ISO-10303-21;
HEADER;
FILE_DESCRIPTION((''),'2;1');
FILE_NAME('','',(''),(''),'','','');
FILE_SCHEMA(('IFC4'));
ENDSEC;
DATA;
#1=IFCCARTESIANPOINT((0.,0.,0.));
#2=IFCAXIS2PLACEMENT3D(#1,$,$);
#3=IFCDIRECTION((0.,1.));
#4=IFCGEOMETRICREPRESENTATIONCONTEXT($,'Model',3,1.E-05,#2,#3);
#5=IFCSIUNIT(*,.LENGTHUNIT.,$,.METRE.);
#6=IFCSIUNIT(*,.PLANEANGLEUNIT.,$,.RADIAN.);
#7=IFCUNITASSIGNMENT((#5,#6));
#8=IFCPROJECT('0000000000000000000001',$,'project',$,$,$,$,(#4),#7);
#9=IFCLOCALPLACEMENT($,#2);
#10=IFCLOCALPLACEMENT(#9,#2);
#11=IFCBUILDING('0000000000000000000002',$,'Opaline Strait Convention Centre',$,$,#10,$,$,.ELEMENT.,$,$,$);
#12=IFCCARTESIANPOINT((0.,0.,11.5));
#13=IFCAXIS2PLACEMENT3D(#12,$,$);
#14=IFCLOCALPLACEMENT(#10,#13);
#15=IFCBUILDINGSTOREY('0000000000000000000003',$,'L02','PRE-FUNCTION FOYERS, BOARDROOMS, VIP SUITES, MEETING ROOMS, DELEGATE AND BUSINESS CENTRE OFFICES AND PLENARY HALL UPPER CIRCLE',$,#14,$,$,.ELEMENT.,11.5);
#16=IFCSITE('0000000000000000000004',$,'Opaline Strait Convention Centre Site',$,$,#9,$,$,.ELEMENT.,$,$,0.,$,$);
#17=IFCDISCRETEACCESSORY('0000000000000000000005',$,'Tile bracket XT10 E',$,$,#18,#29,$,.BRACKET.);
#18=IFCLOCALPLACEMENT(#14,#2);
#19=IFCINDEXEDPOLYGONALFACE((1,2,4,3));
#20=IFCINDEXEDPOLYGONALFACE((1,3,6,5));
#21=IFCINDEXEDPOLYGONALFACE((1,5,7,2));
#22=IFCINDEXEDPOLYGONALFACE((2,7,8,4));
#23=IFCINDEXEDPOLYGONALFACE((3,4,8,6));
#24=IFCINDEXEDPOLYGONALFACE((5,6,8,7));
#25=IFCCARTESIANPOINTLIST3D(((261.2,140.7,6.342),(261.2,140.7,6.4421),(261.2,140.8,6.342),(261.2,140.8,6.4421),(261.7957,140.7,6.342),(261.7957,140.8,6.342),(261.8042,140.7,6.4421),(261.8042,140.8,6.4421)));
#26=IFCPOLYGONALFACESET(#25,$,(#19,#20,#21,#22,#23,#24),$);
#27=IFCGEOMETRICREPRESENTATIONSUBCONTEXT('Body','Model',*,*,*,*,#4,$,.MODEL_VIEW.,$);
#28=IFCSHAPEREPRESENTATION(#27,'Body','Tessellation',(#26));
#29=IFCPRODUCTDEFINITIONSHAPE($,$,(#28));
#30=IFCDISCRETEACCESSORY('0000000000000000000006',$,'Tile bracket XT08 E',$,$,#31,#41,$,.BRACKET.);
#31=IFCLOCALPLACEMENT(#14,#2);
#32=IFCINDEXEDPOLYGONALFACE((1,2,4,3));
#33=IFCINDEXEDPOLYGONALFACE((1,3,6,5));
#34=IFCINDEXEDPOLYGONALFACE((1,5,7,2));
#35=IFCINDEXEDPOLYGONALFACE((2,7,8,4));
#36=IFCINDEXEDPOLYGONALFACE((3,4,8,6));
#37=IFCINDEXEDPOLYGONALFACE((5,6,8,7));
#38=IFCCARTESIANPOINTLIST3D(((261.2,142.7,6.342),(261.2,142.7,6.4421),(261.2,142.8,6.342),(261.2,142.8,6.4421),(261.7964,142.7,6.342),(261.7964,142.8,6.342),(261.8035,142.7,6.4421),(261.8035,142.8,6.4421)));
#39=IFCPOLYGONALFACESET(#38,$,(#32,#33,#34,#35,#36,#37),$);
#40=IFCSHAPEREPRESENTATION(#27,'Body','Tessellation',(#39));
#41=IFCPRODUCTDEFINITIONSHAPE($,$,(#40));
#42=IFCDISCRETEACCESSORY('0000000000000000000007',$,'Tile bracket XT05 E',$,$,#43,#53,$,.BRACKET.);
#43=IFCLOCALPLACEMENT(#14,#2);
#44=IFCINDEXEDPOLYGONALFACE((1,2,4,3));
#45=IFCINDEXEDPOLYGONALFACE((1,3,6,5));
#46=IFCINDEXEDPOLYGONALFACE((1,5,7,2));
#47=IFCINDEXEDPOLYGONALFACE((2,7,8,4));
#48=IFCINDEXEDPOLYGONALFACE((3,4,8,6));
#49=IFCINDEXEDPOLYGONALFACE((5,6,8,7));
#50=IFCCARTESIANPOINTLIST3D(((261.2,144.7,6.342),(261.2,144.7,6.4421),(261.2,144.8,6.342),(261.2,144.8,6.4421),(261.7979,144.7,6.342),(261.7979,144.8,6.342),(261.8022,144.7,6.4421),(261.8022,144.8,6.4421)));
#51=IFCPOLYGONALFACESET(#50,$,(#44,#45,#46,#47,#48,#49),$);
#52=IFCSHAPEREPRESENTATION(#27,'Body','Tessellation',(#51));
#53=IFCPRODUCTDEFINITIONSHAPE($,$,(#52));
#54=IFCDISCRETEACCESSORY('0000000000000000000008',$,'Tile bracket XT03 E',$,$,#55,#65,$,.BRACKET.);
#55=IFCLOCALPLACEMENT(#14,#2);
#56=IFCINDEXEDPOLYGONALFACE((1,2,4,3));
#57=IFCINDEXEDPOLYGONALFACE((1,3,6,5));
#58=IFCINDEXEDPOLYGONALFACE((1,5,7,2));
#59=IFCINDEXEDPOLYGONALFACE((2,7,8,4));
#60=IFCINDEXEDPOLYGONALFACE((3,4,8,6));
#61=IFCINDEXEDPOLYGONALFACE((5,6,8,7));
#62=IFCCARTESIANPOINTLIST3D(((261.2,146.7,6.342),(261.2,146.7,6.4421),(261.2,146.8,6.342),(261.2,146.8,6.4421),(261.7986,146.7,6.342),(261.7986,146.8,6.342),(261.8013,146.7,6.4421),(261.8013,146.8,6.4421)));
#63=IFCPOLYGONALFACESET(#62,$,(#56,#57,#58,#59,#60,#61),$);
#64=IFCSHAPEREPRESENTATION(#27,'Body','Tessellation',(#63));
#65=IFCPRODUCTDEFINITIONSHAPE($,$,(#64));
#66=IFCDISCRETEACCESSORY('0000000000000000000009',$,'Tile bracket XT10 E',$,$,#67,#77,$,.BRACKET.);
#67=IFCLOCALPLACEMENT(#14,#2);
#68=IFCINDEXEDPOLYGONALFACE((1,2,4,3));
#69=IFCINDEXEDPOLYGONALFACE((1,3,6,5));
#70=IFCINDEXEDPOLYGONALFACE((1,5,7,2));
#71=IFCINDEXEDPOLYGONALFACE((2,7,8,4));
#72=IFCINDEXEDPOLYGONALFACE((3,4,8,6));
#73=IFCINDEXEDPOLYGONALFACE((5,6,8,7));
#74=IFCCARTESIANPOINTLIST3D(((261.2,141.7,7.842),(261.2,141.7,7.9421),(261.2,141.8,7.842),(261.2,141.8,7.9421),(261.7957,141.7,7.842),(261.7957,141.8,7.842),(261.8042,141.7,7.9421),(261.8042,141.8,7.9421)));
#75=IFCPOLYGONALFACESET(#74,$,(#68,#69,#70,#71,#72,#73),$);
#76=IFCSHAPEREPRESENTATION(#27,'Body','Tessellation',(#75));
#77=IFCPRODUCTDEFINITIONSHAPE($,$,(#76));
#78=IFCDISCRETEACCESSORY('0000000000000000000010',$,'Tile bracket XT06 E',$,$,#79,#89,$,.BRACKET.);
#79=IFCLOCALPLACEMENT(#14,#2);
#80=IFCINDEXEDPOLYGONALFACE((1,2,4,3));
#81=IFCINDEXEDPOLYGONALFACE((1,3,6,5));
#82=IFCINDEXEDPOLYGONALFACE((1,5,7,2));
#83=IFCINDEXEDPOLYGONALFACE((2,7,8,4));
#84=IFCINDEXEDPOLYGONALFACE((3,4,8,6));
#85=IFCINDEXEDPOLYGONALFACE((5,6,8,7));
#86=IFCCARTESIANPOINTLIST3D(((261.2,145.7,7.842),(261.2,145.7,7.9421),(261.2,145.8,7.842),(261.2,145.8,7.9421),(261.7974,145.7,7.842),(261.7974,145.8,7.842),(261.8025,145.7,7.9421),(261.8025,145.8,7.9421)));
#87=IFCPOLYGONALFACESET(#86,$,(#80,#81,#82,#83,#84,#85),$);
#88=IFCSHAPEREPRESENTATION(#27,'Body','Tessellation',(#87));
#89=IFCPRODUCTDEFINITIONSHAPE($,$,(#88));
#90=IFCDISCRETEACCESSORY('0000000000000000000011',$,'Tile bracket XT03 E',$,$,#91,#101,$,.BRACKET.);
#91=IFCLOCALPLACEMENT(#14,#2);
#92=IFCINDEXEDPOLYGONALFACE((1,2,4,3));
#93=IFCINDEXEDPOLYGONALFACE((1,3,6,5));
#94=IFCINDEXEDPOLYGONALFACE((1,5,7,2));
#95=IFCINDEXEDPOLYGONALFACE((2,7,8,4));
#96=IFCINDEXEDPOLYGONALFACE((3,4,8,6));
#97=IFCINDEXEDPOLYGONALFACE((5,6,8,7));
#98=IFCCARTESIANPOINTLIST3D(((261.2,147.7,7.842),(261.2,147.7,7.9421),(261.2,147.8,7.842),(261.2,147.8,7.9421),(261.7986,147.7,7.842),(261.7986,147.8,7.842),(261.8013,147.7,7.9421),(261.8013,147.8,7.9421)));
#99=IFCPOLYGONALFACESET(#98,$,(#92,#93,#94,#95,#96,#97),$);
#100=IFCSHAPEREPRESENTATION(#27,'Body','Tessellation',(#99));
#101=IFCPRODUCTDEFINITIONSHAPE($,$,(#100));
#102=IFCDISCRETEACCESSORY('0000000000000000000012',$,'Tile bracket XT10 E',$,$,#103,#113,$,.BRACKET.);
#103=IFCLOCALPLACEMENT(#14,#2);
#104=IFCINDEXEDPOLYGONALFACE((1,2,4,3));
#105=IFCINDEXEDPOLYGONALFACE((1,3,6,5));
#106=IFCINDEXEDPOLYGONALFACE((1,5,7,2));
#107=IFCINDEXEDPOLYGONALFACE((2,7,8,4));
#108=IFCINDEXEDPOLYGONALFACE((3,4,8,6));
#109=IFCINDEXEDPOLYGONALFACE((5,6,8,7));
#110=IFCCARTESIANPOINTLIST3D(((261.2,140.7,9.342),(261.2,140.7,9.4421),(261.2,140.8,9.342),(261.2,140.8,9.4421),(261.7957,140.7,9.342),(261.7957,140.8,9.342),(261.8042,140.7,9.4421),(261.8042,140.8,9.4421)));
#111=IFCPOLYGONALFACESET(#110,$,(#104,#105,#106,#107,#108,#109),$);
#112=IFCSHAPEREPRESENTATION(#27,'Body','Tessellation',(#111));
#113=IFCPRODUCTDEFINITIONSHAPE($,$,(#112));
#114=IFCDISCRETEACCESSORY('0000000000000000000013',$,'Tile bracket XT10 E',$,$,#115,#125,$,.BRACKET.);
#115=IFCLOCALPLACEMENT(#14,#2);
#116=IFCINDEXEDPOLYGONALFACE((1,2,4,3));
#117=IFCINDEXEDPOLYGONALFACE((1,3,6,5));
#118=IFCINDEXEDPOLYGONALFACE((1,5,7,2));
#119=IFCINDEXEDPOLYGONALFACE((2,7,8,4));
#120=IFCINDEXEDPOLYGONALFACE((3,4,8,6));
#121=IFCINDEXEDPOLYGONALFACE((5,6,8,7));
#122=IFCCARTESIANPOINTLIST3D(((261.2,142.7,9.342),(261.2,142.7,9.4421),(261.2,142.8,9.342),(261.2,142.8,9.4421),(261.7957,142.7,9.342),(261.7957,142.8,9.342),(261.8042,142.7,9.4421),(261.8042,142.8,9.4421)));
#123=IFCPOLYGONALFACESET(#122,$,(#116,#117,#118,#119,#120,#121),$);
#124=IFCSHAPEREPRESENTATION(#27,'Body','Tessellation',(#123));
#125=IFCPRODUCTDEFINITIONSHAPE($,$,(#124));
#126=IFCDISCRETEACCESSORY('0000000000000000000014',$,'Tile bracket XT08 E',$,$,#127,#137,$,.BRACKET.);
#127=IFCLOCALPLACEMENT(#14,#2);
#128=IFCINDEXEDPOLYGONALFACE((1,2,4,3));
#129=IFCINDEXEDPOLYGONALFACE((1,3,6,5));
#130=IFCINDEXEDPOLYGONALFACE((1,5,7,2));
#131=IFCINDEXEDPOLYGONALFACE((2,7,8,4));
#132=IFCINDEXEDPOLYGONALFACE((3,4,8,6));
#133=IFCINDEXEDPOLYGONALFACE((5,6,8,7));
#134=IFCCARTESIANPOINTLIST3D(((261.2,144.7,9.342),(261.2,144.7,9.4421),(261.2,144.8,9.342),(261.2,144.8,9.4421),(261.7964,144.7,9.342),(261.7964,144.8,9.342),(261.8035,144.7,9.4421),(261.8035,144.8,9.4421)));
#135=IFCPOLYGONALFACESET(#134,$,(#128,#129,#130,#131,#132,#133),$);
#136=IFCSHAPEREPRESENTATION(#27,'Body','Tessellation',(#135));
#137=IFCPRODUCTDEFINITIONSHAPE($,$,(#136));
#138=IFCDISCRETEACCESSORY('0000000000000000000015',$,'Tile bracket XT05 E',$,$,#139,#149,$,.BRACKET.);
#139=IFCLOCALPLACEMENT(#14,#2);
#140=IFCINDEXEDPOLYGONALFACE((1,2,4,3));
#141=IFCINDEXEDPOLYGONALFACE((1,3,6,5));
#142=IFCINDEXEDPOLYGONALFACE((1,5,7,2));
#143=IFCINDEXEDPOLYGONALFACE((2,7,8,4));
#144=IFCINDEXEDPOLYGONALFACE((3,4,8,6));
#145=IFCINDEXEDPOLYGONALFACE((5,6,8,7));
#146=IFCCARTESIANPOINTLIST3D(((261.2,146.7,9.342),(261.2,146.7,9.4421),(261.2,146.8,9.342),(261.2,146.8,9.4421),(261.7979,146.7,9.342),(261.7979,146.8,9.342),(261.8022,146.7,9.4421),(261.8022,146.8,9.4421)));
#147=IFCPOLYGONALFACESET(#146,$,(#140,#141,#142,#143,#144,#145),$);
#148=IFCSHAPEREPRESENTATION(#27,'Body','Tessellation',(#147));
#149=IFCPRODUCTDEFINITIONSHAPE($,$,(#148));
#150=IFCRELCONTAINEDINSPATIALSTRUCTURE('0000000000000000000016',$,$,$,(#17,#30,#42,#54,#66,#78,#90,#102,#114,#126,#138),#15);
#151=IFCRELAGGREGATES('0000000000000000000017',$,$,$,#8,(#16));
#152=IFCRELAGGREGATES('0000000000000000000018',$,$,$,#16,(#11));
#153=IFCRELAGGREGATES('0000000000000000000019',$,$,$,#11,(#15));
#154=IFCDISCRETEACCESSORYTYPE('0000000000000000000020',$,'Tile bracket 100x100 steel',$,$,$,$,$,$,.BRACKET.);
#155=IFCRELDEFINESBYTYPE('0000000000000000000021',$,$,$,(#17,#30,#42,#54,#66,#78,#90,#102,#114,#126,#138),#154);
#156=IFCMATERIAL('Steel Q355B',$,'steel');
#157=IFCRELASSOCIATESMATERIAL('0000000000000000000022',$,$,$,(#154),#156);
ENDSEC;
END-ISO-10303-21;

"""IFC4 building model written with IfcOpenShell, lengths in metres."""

from ifc_helpers import new_model, si_unit, direction, frame, origin, place, context, subcontext, project, spatial, polyline, outline, extrude, material, type_object, element, save


model = new_model("IFC4")

# Units and contexts
model_context = context("Model", 3, precision=1e-05, world=origin(), true_north=direction((0.0, 1.0)))
body_context = subcontext(model_context, "Body", "Model", "MODEL_VIEW")
ifc_project = project(units=[si_unit("LENGTHUNIT", "METRE"), si_unit("PLANEANGLEUNIT", "RADIAN")], contexts=[model_context])

# Site, building, storey
site_placement = place(None, origin())
site = spatial("IfcSite", under=ifc_project, at=site_placement, Name="Opaline Strait Convention Centre Site", CompositionType="ELEMENT", RefElevation=0.0)
building_placement = place(site_placement, origin())
building = spatial("IfcBuilding", under=site, at=building_placement, Name="Opaline Strait Convention Centre", CompositionType="ELEMENT")
storey_placement = place(building_placement, frame((0.0, 0.0, 11.5)))
storey = spatial("IfcBuildingStorey", under=building, at=storey_placement, Name="L02", Description="PRE-FUNCTION FOYERS, BOARDROOMS, VIP SUITES, MEETING ROOMS, DELEGATE AND BUSINESS CENTRE OFFICES AND PLENARY HALL UPPER CIRCLE", CompositionType="ELEMENT", Elevation=11.5)

# Discrete accessories
ifc_material_1 = material(Name="Steel Q355B", Category="steel")
discrete_accessory_type = type_object("IfcDiscreteAccessoryType", Name="Tile bracket 100x100 steel", PredefinedType="BRACKET", material=ifc_material_1)
discrete_accessory_1_placement = place(storey_placement, frame((261.2, 140.7, 6.3921), z_axis=(0.0, 1.0, 0.0), x_axis=(-1.0, 0.0, 0.0)))
element("IfcDiscreteAccessory", 1, at=discrete_accessory_1_placement, inside=storey, type_object=discrete_accessory_type, Name="Tile bracket XT10 E", PredefinedType="BRACKET", context=body_context, shape_type="SweptSolid", body=[
    extrude(outline(polyline([(0.0, -0.05), (0.0, 0.05), (-0.6042, 0.05), (-0.5957, -0.05), (0.0, -0.05)])), origin(), (0.0, 0.0, 1.0), 0.1001),
])
discrete_accessory_2_placement = place(storey_placement, frame((261.2, 142.7, 6.3921), z_axis=(0.0, 1.0, 0.0), x_axis=(-1.0, 0.0, 0.0)))
element("IfcDiscreteAccessory", 2, at=discrete_accessory_2_placement, inside=storey, type_object=discrete_accessory_type, Name="Tile bracket XT08 E", PredefinedType="BRACKET", context=body_context, shape_type="SweptSolid", body=[
    extrude(outline(polyline([(0.0, -0.05), (0.0, 0.05), (-0.6035, 0.05), (-0.5964, -0.05), (0.0, -0.05)])), origin(), (0.0, 0.0, 1.0), 0.1001),
])
discrete_accessory_3_placement = place(storey_placement, frame((261.2, 144.7, 6.3921), z_axis=(0.0, 1.0, 0.0), x_axis=(-1.0, 0.0, 0.0)))
element("IfcDiscreteAccessory", 3, at=discrete_accessory_3_placement, inside=storey, type_object=discrete_accessory_type, Name="Tile bracket XT05 E", PredefinedType="BRACKET", context=body_context, shape_type="SweptSolid", body=[
    extrude(outline(polyline([(0.0, -0.05), (0.0, 0.05), (-0.6023, 0.05), (-0.5979, -0.05), (0.0, -0.05)])), origin(), (0.0, 0.0, 1.0), 0.1001),
])
discrete_accessory_4_placement = place(storey_placement, frame((261.2, 146.7, 6.3921), z_axis=(0.0, 1.0, 0.0), x_axis=(-1.0, 0.0, 0.0)))
element("IfcDiscreteAccessory", 4, at=discrete_accessory_4_placement, inside=storey, type_object=discrete_accessory_type, Name="Tile bracket XT03 E", PredefinedType="BRACKET", context=body_context, shape_type="SweptSolid", body=[
    extrude(outline(polyline([(0.0, -0.05), (0.0, 0.05), (-0.6013, 0.05), (-0.5986, -0.05), (0.0, -0.05)])), origin(), (0.0, 0.0, 1.0), 0.1001),
])
discrete_accessory_5_placement = place(storey_placement, frame((261.2, 141.7, 7.8921), z_axis=(0.0, 1.0, 0.0), x_axis=(-1.0, 0.0, 0.0)))
element("IfcDiscreteAccessory", 5, at=discrete_accessory_5_placement, inside=storey, type_object=discrete_accessory_type, Name="Tile bracket XT10 E", PredefinedType="BRACKET", context=body_context, shape_type="SweptSolid", body=[
    extrude(outline(polyline([(0.0, -0.05), (0.0, 0.05), (-0.6042, 0.05), (-0.5957, -0.05), (0.0, -0.05)])), origin(), (0.0, 0.0, 1.0), 0.1001),
])
discrete_accessory_6_placement = place(storey_placement, frame((261.2, 145.7, 7.8921), z_axis=(0.0, 1.0, 0.0), x_axis=(-1.0, 0.0, 0.0)))
element("IfcDiscreteAccessory", 6, at=discrete_accessory_6_placement, inside=storey, type_object=discrete_accessory_type, Name="Tile bracket XT06 E", PredefinedType="BRACKET", context=body_context, shape_type="SweptSolid", body=[
    extrude(outline(polyline([(0.0, -0.05), (0.0, 0.05), (-0.6025, 0.05), (-0.5974, -0.05), (0.0, -0.05)])), origin(), (0.0, 0.0, 1.0), 0.1001),
])
discrete_accessory_7_placement = place(storey_placement, frame((261.2, 147.7, 7.8921), z_axis=(0.0, 1.0, 0.0), x_axis=(-1.0, 0.0, 0.0)))
element("IfcDiscreteAccessory", 7, at=discrete_accessory_7_placement, inside=storey, type_object=discrete_accessory_type, Name="Tile bracket XT03 E", PredefinedType="BRACKET", context=body_context, shape_type="SweptSolid", body=[
    extrude(outline(polyline([(0.0, -0.05), (0.0, 0.05), (-0.6013, 0.05), (-0.5986, -0.05), (0.0, -0.05)])), origin(), (0.0, 0.0, 1.0), 0.1001),
])
for number, where, z_axis, x_axis, name in (
    (8, (261.2, 140.7, 9.3921), (0.0, 1.0, 0.0), (-1.0, 0.0, 0.0), "Tile bracket XT10 E"),
    (9, (261.2, 142.7, 9.3921), (0.0, 1.0, 0.0), (-1.0, 0.0, 0.0), "Tile bracket XT10 E"),
):
    element("IfcDiscreteAccessory", number, at=place(storey_placement, frame(where, z_axis=z_axis, x_axis=x_axis)), inside=storey, type_object=discrete_accessory_type, Name=name, PredefinedType="BRACKET", context=body_context, shape_type="SweptSolid", body=[
        extrude(outline(polyline([(0.0, -0.05), (0.0, 0.05), (-0.6042, 0.05), (-0.5957, -0.05), (0.0, -0.05)])), origin(), (0.0, 0.0, 1.0), 0.1001),
    ])
discrete_accessory_8_placement = place(storey_placement, frame((261.2, 144.7, 9.3921), z_axis=(0.0, 1.0, 0.0), x_axis=(-1.0, 0.0, 0.0)))
element("IfcDiscreteAccessory", 10, at=discrete_accessory_8_placement, inside=storey, type_object=discrete_accessory_type, Name="Tile bracket XT08 E", PredefinedType="BRACKET", context=body_context, shape_type="SweptSolid", body=[
    extrude(outline(polyline([(0.0, -0.05), (0.0, 0.05), (-0.6035, 0.05), (-0.5964, -0.05), (0.0, -0.05)])), origin(), (0.0, 0.0, 1.0), 0.1001),
])
discrete_accessory_9_placement = place(storey_placement, frame((261.2, 146.7, 9.3921), z_axis=(0.0, 1.0, 0.0), x_axis=(-1.0, 0.0, 0.0)))
element("IfcDiscreteAccessory", 11, at=discrete_accessory_9_placement, inside=storey, type_object=discrete_accessory_type, Name="Tile bracket XT05 E", PredefinedType="BRACKET", context=body_context, shape_type="SweptSolid", body=[
    extrude(outline(polyline([(0.0, -0.05), (0.0, 0.05), (-0.6023, 0.05), (-0.5979, -0.05), (0.0, -0.05)])), origin(), (0.0, 0.0, 1.0), 0.1001),
])

save(model, "model.ifc")
